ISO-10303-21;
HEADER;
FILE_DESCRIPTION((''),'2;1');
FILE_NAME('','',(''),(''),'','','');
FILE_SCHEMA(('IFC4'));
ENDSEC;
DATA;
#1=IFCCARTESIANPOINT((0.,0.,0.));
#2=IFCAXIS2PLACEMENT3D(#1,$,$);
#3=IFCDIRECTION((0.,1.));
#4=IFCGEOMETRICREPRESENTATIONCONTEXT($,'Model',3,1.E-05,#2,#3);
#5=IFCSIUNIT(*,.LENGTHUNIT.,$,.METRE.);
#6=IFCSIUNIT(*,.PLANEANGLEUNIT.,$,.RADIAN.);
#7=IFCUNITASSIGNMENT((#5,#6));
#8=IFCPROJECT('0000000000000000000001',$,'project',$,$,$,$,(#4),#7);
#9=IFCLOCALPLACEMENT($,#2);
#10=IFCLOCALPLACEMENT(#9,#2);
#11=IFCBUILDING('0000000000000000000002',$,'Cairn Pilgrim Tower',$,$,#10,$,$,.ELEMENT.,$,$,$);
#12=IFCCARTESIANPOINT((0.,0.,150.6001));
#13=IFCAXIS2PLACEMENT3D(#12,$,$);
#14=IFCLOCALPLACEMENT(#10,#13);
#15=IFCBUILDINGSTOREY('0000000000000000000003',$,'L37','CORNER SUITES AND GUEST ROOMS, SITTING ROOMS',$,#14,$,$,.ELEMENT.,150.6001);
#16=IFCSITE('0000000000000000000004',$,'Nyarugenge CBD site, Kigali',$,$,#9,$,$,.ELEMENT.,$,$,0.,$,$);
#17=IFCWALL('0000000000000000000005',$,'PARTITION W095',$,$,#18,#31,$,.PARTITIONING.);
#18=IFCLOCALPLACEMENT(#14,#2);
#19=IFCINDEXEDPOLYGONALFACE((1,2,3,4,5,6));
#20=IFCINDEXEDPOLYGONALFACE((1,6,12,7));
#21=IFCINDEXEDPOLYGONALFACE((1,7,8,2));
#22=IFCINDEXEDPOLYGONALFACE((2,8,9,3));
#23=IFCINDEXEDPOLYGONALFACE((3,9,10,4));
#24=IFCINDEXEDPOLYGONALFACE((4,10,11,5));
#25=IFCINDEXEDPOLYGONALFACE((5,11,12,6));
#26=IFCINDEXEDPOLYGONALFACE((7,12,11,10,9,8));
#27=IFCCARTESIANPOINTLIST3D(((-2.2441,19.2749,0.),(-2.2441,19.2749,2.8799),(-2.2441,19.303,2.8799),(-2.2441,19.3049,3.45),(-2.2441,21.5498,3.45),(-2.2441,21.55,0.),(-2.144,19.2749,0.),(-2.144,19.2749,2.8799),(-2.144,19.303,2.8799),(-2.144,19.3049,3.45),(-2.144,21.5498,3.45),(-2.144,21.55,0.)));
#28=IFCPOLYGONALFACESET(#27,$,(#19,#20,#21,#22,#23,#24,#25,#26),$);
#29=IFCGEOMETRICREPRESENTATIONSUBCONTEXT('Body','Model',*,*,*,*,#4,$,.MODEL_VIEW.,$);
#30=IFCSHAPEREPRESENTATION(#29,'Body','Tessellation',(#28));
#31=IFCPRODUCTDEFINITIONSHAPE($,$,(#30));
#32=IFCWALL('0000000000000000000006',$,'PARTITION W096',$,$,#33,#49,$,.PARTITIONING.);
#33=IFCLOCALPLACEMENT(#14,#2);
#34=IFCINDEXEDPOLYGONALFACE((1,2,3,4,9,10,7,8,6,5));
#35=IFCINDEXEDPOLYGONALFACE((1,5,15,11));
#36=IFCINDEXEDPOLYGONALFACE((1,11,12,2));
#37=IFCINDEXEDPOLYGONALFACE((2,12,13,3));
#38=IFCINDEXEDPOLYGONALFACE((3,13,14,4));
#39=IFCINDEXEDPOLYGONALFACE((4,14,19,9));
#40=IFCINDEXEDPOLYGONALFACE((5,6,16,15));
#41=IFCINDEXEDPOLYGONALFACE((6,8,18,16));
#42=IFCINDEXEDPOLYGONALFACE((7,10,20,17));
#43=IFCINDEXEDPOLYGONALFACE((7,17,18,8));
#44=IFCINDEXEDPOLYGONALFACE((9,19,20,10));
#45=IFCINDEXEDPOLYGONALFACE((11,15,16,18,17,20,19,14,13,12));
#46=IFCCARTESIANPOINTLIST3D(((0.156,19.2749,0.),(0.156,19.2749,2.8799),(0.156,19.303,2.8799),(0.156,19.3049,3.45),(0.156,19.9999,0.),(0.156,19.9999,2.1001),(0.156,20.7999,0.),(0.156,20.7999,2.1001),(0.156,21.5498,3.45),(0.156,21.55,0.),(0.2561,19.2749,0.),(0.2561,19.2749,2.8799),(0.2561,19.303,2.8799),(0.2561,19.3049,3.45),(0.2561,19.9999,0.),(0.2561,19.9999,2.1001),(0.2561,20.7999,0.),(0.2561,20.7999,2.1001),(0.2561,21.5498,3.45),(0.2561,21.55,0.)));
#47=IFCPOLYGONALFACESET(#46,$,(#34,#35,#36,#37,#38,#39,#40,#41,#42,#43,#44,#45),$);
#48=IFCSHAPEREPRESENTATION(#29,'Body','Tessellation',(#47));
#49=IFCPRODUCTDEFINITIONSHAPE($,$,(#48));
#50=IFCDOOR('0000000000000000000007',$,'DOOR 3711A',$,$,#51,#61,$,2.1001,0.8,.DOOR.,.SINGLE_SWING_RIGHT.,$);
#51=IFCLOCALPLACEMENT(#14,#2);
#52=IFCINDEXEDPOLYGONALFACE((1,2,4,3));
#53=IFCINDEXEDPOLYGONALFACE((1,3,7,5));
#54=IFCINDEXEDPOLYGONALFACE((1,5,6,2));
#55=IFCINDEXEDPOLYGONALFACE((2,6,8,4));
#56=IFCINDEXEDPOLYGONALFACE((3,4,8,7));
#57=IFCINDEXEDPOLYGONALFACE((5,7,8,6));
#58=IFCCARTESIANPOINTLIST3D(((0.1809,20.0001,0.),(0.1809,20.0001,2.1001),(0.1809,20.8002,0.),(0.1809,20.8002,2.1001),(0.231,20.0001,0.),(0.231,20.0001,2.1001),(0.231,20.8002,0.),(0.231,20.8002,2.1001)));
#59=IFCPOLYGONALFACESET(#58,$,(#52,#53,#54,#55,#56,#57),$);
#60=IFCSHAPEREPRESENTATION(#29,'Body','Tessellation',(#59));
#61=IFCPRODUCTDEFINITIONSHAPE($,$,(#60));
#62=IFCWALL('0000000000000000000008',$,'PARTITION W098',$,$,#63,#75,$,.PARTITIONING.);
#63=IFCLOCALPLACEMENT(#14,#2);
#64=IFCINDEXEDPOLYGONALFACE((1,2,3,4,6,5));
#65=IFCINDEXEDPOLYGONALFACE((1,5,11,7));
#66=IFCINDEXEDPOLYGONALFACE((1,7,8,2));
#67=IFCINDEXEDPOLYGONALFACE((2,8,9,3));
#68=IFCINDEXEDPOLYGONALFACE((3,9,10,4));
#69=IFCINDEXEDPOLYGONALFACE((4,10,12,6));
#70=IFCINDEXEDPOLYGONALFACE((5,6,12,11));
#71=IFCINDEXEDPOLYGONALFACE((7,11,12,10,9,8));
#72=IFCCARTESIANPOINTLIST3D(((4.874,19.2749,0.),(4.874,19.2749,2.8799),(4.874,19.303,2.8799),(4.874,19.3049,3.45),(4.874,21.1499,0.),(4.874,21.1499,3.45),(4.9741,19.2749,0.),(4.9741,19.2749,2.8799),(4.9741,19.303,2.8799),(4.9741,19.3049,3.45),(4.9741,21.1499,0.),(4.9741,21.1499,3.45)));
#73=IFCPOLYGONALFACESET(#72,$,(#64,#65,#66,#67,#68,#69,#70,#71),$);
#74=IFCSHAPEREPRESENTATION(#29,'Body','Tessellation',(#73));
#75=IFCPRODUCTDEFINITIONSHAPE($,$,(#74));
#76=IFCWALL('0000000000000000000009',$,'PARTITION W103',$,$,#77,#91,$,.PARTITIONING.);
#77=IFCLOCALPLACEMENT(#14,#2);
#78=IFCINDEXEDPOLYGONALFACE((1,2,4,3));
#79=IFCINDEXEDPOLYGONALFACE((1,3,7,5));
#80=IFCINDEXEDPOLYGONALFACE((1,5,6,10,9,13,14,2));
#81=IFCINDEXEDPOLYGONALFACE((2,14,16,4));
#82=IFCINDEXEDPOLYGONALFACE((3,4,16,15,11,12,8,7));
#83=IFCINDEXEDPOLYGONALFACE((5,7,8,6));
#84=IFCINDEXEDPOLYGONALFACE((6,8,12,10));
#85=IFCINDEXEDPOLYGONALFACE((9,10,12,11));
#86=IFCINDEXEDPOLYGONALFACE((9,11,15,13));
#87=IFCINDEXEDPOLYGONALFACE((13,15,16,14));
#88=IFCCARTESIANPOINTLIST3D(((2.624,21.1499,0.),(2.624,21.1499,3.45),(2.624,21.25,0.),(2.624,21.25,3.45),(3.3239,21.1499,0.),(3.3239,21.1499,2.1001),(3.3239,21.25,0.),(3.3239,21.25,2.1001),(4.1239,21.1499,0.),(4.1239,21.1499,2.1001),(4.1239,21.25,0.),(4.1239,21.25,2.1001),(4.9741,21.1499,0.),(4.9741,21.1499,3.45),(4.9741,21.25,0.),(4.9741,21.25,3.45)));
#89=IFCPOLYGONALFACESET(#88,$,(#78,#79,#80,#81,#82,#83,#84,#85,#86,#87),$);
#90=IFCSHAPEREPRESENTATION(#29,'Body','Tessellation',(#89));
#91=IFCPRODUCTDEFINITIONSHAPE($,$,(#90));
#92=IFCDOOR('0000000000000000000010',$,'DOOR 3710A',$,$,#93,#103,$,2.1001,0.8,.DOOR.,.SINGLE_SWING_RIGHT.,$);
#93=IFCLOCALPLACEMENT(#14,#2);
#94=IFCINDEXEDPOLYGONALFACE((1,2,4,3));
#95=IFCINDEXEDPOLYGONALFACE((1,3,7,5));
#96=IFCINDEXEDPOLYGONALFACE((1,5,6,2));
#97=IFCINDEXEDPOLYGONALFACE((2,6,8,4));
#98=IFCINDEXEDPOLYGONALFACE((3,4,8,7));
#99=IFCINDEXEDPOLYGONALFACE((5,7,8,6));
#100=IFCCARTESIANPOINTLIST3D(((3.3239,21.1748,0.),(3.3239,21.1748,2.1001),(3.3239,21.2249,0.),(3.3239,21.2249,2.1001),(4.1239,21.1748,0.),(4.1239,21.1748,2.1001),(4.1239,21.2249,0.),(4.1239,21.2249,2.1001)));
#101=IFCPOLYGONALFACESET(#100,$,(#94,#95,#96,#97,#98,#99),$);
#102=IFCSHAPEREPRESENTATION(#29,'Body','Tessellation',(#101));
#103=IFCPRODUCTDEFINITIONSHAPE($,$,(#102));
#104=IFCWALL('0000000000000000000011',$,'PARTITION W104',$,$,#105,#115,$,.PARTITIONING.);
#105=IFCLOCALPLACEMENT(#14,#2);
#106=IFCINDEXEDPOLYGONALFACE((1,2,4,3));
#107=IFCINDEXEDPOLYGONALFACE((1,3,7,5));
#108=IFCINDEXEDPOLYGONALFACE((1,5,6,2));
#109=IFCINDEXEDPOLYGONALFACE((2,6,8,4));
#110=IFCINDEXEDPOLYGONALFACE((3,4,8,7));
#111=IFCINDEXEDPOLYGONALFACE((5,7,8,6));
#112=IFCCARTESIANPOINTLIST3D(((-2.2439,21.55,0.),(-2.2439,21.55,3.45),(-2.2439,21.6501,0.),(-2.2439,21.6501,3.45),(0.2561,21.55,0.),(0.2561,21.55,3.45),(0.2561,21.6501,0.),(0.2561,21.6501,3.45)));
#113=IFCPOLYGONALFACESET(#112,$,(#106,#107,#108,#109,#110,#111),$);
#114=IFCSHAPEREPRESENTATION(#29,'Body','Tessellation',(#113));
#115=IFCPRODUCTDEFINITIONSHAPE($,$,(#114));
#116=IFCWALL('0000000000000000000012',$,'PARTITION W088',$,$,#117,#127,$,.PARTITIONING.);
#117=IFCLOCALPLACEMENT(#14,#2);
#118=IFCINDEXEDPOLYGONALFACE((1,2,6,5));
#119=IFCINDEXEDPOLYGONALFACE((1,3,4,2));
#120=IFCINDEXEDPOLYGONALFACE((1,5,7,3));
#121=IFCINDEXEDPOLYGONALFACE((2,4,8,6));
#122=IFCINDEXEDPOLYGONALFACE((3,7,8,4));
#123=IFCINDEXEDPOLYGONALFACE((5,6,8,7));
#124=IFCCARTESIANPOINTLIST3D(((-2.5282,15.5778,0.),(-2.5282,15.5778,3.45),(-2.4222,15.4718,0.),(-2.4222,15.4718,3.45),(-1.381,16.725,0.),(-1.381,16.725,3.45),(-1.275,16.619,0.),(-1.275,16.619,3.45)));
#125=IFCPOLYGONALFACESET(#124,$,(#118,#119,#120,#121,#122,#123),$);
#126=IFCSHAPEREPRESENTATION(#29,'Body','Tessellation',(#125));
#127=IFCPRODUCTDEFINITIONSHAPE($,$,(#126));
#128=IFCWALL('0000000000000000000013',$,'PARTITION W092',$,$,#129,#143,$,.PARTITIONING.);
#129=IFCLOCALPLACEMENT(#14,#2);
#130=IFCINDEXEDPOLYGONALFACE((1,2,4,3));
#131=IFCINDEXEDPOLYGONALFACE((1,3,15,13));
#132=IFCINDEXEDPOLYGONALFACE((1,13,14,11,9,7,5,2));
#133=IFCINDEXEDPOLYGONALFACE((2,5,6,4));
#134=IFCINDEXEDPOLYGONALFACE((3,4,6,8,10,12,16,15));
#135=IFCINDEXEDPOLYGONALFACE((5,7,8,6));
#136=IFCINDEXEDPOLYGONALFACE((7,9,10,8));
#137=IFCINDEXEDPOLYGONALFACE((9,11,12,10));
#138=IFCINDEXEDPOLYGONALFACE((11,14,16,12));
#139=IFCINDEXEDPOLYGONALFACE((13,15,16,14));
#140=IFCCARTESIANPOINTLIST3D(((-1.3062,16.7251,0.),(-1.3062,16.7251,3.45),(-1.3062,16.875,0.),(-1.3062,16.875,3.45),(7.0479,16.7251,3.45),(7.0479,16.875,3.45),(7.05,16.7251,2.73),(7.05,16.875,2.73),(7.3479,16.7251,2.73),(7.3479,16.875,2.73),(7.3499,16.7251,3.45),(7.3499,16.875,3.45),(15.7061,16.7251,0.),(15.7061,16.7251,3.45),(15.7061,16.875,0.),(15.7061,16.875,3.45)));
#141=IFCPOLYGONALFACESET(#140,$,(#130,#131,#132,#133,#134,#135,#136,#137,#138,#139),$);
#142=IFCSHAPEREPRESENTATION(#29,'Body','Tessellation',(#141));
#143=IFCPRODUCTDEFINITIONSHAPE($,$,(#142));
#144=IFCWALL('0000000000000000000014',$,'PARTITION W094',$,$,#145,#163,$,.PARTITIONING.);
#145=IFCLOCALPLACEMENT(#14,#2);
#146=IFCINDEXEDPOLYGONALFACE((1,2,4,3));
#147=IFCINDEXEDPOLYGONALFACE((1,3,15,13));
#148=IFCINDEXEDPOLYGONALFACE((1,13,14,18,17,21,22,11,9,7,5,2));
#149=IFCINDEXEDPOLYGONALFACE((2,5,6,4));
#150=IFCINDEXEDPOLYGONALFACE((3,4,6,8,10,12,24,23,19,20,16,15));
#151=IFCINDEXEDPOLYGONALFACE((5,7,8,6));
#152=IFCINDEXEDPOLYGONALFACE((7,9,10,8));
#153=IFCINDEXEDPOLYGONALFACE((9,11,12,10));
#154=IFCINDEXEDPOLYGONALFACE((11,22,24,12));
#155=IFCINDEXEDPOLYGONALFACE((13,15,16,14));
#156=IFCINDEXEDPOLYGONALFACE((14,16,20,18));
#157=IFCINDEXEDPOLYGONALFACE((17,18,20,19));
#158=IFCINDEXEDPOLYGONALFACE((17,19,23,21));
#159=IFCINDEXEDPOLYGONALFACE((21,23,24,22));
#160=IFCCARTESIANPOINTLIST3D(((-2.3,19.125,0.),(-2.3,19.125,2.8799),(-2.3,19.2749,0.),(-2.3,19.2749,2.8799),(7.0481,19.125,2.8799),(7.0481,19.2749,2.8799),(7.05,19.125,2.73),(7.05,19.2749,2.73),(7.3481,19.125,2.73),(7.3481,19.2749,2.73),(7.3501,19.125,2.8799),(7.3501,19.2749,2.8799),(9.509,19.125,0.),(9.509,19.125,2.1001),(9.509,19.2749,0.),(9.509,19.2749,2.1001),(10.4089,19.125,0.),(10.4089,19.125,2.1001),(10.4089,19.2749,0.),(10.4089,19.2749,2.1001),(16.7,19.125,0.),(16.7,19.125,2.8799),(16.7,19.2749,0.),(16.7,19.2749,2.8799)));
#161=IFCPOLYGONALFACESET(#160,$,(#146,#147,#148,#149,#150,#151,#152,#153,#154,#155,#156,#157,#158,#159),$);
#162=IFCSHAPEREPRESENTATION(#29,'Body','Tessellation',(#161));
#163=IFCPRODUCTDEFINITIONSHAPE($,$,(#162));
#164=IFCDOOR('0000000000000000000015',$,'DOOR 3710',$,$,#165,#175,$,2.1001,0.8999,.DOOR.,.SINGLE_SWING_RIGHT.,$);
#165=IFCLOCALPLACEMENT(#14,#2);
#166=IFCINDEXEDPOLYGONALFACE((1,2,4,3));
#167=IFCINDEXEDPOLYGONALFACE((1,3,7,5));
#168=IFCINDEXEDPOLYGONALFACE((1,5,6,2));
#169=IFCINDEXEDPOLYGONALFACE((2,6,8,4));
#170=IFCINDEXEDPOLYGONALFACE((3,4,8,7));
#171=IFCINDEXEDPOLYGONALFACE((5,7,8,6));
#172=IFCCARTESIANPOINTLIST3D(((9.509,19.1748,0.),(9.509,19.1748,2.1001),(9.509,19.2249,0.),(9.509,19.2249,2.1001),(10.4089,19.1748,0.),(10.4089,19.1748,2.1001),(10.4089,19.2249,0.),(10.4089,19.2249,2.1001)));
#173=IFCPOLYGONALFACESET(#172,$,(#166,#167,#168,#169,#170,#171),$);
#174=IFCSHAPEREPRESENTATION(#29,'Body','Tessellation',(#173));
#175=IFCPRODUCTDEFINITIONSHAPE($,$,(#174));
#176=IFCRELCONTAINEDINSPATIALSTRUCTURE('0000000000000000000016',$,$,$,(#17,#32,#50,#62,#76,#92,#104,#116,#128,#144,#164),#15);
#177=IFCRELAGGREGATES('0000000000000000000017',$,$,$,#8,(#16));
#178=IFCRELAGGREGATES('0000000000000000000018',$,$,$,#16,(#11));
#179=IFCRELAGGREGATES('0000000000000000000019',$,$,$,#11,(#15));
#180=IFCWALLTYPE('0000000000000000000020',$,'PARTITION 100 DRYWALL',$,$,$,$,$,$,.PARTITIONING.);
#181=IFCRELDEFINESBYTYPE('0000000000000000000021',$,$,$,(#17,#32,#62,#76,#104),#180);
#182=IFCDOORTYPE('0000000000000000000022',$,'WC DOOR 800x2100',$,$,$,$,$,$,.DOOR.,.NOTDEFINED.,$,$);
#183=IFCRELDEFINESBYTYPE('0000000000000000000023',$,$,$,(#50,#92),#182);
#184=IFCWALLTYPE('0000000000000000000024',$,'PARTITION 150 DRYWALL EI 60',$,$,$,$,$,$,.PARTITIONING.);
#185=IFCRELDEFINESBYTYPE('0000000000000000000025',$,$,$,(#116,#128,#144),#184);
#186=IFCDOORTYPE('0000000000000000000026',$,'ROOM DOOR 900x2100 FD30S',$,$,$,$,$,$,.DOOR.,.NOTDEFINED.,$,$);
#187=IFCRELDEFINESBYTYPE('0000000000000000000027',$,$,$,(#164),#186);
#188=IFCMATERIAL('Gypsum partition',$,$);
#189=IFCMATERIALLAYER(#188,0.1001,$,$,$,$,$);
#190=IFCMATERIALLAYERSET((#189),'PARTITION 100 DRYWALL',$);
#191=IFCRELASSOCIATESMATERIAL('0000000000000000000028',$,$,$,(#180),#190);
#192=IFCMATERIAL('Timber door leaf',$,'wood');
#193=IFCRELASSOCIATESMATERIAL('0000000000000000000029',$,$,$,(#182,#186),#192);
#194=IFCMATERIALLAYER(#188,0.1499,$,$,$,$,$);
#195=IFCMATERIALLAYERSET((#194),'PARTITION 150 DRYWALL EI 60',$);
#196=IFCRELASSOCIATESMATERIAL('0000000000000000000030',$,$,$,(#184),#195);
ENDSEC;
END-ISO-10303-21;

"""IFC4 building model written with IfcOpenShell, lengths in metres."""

from ifc_helpers import new_model, si_unit, direction, frame, frame_2d, origin, place, context, subcontext, project, spatial, polyline, rectangle, outline, extrude, material, layer, layer_set, type_object, element, fill, save


model = new_model("IFC4")

# Units and contexts
model_context = context("Model", 3, precision=1e-05, world=origin(), true_north=direction((0.0, 1.0)))
body_context = subcontext(model_context, "Body", "Model", "MODEL_VIEW")
ifc_project = project(units=[si_unit("LENGTHUNIT", "METRE"), si_unit("PLANEANGLEUNIT", "RADIAN")], contexts=[model_context])

# Site, building, storey
site_placement = place(None, origin())
site = spatial("IfcSite", under=ifc_project, at=site_placement, Name="Nyarugenge CBD site, Kigali", CompositionType="ELEMENT", RefElevation=0.0)
building_placement = place(site_placement, origin())
building = spatial("IfcBuilding", under=site, at=building_placement, Name="Cairn Pilgrim Tower", CompositionType="ELEMENT")
storey_placement = place(building_placement, frame((0.0, 0.0, 150.6001)))
storey = spatial("IfcBuildingStorey", under=building, at=storey_placement, Name="L37", Description="CORNER SUITES AND GUEST ROOMS, SITTING ROOMS", CompositionType="ELEMENT", Elevation=150.6001)

# Wall
ifc_material_1 = material(Name="Gypsum partition")
ifc_layer_1 = layer(ifc_material_1, 0.1001)
ifc_layer_set_1 = layer_set([ifc_layer_1], Name="PARTITION 100 DRYWALL")
wall_type_1 = type_object("IfcWallType", Name="PARTITION 100 DRYWALL", PredefinedType="PARTITIONING", material=ifc_layer_set_1)
wall_1_placement = place(storey_placement, frame((-2.1941, 19.2749, 0.0), z_axis=(0.0, 0.0, 1.0), x_axis=(0.0, 1.0, 0.0)))
element("IfcWall", 1, at=wall_1_placement, inside=storey, type_object=wall_type_1, Name="PARTITION W095", PredefinedType="PARTITIONING", context=body_context, shape_type="SweptSolid", body=[
    extrude(outline(polyline([(0.0, 0.0), (2.2751, 0.0), (2.2749, 3.45), (0.03, 3.45), (0.0281, 2.8799), (0.0, 2.8799), (0.0, 0.0)])), frame((0.0, 0.05, 0.0), z_axis=(0.0, -1.0, 0.0), x_axis=(1.0, 0.0, 0.0)), (0.0, 0.0, 1.0), 0.1001),
])

# Wall, opening, door
wall_2_placement = place(storey_placement, frame((0.2061, 19.2749, 0.0), z_axis=(0.0, 0.0, 1.0), x_axis=(0.0, 1.0, 0.0)))
wall_2 = element("IfcWall", 2, at=wall_2_placement, inside=storey, type_object=wall_type_1, Name="PARTITION W096", PredefinedType="PARTITIONING", context=body_context, shape_type="SweptSolid", body=[
    extrude(outline(polyline([(0.0, 0.0), (2.2751, 0.0), (2.2749, 3.45), (0.03, 3.45), (0.0281, 2.8799), (0.0, 2.8799), (0.0, 0.0)])), frame((0.0, 0.05, 0.0), z_axis=(0.0, -1.0, 0.0), x_axis=(1.0, 0.0, 0.0)), (0.0, 0.0, 1.0), 0.1001),
])
opening_1_placement = place(wall_2_placement, frame((0.7251, 0.0, 0.0)))
opening_1 = element("IfcOpeningElement", 3, at=opening_1_placement, cuts=wall_2, PredefinedType="OPENING", context=body_context, shape_type="SweptSolid", body=[
    extrude(rectangle(XDim=0.8, YDim=2.1001, at=frame_2d((0.3999, 1.05))), frame((0.0, 0.0601, 0.0), z_axis=(0.0, -1.0, 0.0), x_axis=(1.0, 0.0, 0.0)), (0.0, 0.0, 1.0), 0.1201),
])
ifc_material_2 = material(Name="Timber door leaf", Category="wood")
door_type_1 = type_object("IfcDoorType", Name="WC DOOR 800x2100", OperationType="NOTDEFINED", PredefinedType="DOOR", material=ifc_material_2)
door_1_placement = place(opening_1_placement, frame((0.8, 0.0, 0.0), z_axis=(0.0, 0.0, 1.0), x_axis=(-1.0, 0.0, 0.0)))
door_1 = element("IfcDoor", 4, at=door_1_placement, inside=storey, type_object=door_type_1, Name="DOOR 3711A", OperationType="SINGLE_SWING_RIGHT", OverallHeight=2.1001, OverallWidth=0.8, PredefinedType="DOOR", context=body_context, shape_type="SweptSolid", body=[
    extrude(rectangle(XDim=0.8, YDim=2.1001, at=frame_2d((0.3999, 1.05))), frame((0.0, 0.0249, 0.0), z_axis=(0.0, -1.0, 0.0), x_axis=(1.0, 0.0, 0.0)), (0.0, 0.0, 1.0), 0.05),
])
fill(opening_1, door_1)

# Wall
wall_3_placement = place(storey_placement, frame((4.9241, 19.2749, 0.0), z_axis=(0.0, 0.0, 1.0), x_axis=(0.0, 1.0, 0.0)))
element("IfcWall", 5, at=wall_3_placement, inside=storey, type_object=wall_type_1, Name="PARTITION W098", PredefinedType="PARTITIONING", context=body_context, shape_type="SweptSolid", body=[
    extrude(outline(polyline([(0.0, 0.0), (1.875, 0.0), (1.875, 3.45), (0.03, 3.45), (0.0281, 2.8799), (0.0, 2.8799), (0.0, 0.0)])), frame((0.0, 0.05, 0.0), z_axis=(0.0, -1.0, 0.0), x_axis=(1.0, 0.0, 0.0)), (0.0, 0.0, 1.0), 0.1001),
])

# Wall, opening, door
wall_4_placement = place(storey_placement, frame((2.624, 21.2, 0.0), z_axis=(0.0, 0.0, 1.0), x_axis=(1.0, 0.0, 0.0)))
wall_4 = element("IfcWall", 6, at=wall_4_placement, inside=storey, type_object=wall_type_1, Name="PARTITION W103", PredefinedType="PARTITIONING", context=body_context, shape_type="SweptSolid", body=[
    extrude(rectangle(XDim=2.3501, YDim=0.1001, at=frame_2d((1.175, 0.0))), origin(), (0.0, 0.0, 1.0), 3.45),
])
opening_2_placement = place(wall_4_placement, frame((0.7, 0.0, 0.0)))
opening_2 = element("IfcOpeningElement", 7, at=opening_2_placement, cuts=wall_4, PredefinedType="OPENING", context=body_context, shape_type="SweptSolid", body=[
    extrude(rectangle(XDim=0.8, YDim=2.1001, at=frame_2d((0.3999, 1.05))), frame((0.0, 0.0601, 0.0), z_axis=(0.0, -1.0, 0.0), x_axis=(1.0, 0.0, 0.0)), (0.0, 0.0, 1.0), 0.1201),
])
door_2_placement = place(opening_2_placement, origin())
door_2 = element("IfcDoor", 8, at=door_2_placement, inside=storey, type_object=door_type_1, Name="DOOR 3710A", OperationType="SINGLE_SWING_RIGHT", OverallHeight=2.1001, OverallWidth=0.8, PredefinedType="DOOR", context=body_context, shape_type="SweptSolid", body=[
    extrude(rectangle(XDim=0.8, YDim=2.1001, at=frame_2d((0.3999, 1.05))), frame((0.0, 0.0249, 0.0), z_axis=(0.0, -1.0, 0.0), x_axis=(1.0, 0.0, 0.0)), (0.0, 0.0, 1.0), 0.05),
])
fill(opening_2, door_2)

# Walls
wall_5_placement = place(storey_placement, frame((-2.2439, 21.6001, 0.0), z_axis=(0.0, 0.0, 1.0), x_axis=(1.0, 0.0, 0.0)))
element("IfcWall", 9, at=wall_5_placement, inside=storey, type_object=wall_type_1, Name="PARTITION W104", PredefinedType="PARTITIONING", context=body_context, shape_type="SweptSolid", body=[
    extrude(rectangle(XDim=2.5, YDim=0.1001, at=frame_2d((1.25, 0.0))), origin(), (0.0, 0.0, 1.0), 3.45),
])
ifc_layer_2 = layer(ifc_material_1, 0.1499)
ifc_layer_set_2 = layer_set([ifc_layer_2], Name="PARTITION 150 DRYWALL EI 60")
wall_type_2 = type_object("IfcWallType", Name="PARTITION 150 DRYWALL EI 60", PredefinedType="PARTITIONING", material=ifc_layer_set_2)
wall_6_placement = place(storey_placement, frame((-2.4751, 15.5249, 0.0), z_axis=(0.0, 0.0, 1.0), x_axis=(0.707107, 0.707107, 0.0)))
element("IfcWall", 10, at=wall_6_placement, inside=storey, type_object=wall_type_2, Name="PARTITION W088", PredefinedType="PARTITIONING", context=body_context, shape_type="SweptSolid", body=[
    extrude(rectangle(XDim=1.6223, YDim=0.1499, at=frame_2d((0.811, 0.0))), origin(), (0.0, 0.0, 1.0), 3.45),
])
wall_7_placement = place(storey_placement, frame((-1.3062, 16.8, 0.0), z_axis=(0.0, 0.0, 1.0), x_axis=(1.0, 0.0, 0.0)))
element("IfcWall", 11, at=wall_7_placement, inside=storey, type_object=wall_type_2, Name="PARTITION W092", PredefinedType="PARTITIONING", context=body_context, shape_type="SweptSolid", body=[
    extrude(outline(polyline([(0.0, 0.0), (17.0122, 0.0), (17.0122, 3.45), (8.656, 3.45), (8.6541, 2.73), (8.3562, 2.73), (8.354, 3.45), (0.0, 3.45), (0.0, 0.0)])), frame((0.0, 0.075, 0.0), z_axis=(0.0, -1.0, 0.0), x_axis=(1.0, 0.0, 0.0)), (0.0, 0.0, 1.0), 0.1499),
])

# Wall, opening, door
wall_8_placement = place(storey_placement, frame((-2.3, 19.2, 0.0), z_axis=(0.0, 0.0, 1.0), x_axis=(1.0, 0.0, 0.0)))
wall_8 = element("IfcWall", 12, at=wall_8_placement, inside=storey, type_object=wall_type_2, Name="PARTITION W094", PredefinedType="PARTITIONING", context=body_context, shape_type="SweptSolid", body=[
    extrude(outline(polyline([(0.0, 0.0), (19.0, 0.0), (19.0, 2.8799), (9.6501, 2.8799), (9.6482, 2.73), (9.3501, 2.73), (9.3481, 2.8799), (0.0, 2.8799), (0.0, 0.0)])), frame((0.0, 0.075, 0.0), z_axis=(0.0, -1.0, 0.0), x_axis=(1.0, 0.0, 0.0)), (0.0, 0.0, 1.0), 0.1499),
])
opening_3_placement = place(wall_8_placement, frame((11.8091, 0.0, 0.0)))
opening_3 = element("IfcOpeningElement", 13, at=opening_3_placement, cuts=wall_8, PredefinedType="OPENING", context=body_context, shape_type="SweptSolid", body=[
    extrude(rectangle(XDim=0.8999, YDim=2.1001, at=frame_2d((0.45, 1.05))), frame((0.0, 0.085, 0.0), z_axis=(0.0, -1.0, 0.0), x_axis=(1.0, 0.0, 0.0)), (0.0, 0.0, 1.0), 0.1699),
])
door_type_2 = type_object("IfcDoorType", Name="ROOM DOOR 900x2100 FD30S", OperationType="NOTDEFINED", PredefinedType="DOOR", material=ifc_material_2)
door_3_placement = place(opening_3_placement, origin())
door_3 = element("IfcDoor", 14, at=door_3_placement, inside=storey, type_object=door_type_2, Name="DOOR 3710", OperationType="SINGLE_SWING_RIGHT", OverallHeight=2.1001, OverallWidth=0.8999, PredefinedType="DOOR", context=body_context, shape_type="SweptSolid", body=[
    extrude(rectangle(XDim=0.8999, YDim=2.1001, at=frame_2d((0.45, 1.05))), frame((0.0, 0.0249, 0.0), z_axis=(0.0, -1.0, 0.0), x_axis=(1.0, 0.0, 0.0)), (0.0, 0.0, 1.0), 0.05),
])
fill(opening_3, door_3)

save(model, "model.ifc")
